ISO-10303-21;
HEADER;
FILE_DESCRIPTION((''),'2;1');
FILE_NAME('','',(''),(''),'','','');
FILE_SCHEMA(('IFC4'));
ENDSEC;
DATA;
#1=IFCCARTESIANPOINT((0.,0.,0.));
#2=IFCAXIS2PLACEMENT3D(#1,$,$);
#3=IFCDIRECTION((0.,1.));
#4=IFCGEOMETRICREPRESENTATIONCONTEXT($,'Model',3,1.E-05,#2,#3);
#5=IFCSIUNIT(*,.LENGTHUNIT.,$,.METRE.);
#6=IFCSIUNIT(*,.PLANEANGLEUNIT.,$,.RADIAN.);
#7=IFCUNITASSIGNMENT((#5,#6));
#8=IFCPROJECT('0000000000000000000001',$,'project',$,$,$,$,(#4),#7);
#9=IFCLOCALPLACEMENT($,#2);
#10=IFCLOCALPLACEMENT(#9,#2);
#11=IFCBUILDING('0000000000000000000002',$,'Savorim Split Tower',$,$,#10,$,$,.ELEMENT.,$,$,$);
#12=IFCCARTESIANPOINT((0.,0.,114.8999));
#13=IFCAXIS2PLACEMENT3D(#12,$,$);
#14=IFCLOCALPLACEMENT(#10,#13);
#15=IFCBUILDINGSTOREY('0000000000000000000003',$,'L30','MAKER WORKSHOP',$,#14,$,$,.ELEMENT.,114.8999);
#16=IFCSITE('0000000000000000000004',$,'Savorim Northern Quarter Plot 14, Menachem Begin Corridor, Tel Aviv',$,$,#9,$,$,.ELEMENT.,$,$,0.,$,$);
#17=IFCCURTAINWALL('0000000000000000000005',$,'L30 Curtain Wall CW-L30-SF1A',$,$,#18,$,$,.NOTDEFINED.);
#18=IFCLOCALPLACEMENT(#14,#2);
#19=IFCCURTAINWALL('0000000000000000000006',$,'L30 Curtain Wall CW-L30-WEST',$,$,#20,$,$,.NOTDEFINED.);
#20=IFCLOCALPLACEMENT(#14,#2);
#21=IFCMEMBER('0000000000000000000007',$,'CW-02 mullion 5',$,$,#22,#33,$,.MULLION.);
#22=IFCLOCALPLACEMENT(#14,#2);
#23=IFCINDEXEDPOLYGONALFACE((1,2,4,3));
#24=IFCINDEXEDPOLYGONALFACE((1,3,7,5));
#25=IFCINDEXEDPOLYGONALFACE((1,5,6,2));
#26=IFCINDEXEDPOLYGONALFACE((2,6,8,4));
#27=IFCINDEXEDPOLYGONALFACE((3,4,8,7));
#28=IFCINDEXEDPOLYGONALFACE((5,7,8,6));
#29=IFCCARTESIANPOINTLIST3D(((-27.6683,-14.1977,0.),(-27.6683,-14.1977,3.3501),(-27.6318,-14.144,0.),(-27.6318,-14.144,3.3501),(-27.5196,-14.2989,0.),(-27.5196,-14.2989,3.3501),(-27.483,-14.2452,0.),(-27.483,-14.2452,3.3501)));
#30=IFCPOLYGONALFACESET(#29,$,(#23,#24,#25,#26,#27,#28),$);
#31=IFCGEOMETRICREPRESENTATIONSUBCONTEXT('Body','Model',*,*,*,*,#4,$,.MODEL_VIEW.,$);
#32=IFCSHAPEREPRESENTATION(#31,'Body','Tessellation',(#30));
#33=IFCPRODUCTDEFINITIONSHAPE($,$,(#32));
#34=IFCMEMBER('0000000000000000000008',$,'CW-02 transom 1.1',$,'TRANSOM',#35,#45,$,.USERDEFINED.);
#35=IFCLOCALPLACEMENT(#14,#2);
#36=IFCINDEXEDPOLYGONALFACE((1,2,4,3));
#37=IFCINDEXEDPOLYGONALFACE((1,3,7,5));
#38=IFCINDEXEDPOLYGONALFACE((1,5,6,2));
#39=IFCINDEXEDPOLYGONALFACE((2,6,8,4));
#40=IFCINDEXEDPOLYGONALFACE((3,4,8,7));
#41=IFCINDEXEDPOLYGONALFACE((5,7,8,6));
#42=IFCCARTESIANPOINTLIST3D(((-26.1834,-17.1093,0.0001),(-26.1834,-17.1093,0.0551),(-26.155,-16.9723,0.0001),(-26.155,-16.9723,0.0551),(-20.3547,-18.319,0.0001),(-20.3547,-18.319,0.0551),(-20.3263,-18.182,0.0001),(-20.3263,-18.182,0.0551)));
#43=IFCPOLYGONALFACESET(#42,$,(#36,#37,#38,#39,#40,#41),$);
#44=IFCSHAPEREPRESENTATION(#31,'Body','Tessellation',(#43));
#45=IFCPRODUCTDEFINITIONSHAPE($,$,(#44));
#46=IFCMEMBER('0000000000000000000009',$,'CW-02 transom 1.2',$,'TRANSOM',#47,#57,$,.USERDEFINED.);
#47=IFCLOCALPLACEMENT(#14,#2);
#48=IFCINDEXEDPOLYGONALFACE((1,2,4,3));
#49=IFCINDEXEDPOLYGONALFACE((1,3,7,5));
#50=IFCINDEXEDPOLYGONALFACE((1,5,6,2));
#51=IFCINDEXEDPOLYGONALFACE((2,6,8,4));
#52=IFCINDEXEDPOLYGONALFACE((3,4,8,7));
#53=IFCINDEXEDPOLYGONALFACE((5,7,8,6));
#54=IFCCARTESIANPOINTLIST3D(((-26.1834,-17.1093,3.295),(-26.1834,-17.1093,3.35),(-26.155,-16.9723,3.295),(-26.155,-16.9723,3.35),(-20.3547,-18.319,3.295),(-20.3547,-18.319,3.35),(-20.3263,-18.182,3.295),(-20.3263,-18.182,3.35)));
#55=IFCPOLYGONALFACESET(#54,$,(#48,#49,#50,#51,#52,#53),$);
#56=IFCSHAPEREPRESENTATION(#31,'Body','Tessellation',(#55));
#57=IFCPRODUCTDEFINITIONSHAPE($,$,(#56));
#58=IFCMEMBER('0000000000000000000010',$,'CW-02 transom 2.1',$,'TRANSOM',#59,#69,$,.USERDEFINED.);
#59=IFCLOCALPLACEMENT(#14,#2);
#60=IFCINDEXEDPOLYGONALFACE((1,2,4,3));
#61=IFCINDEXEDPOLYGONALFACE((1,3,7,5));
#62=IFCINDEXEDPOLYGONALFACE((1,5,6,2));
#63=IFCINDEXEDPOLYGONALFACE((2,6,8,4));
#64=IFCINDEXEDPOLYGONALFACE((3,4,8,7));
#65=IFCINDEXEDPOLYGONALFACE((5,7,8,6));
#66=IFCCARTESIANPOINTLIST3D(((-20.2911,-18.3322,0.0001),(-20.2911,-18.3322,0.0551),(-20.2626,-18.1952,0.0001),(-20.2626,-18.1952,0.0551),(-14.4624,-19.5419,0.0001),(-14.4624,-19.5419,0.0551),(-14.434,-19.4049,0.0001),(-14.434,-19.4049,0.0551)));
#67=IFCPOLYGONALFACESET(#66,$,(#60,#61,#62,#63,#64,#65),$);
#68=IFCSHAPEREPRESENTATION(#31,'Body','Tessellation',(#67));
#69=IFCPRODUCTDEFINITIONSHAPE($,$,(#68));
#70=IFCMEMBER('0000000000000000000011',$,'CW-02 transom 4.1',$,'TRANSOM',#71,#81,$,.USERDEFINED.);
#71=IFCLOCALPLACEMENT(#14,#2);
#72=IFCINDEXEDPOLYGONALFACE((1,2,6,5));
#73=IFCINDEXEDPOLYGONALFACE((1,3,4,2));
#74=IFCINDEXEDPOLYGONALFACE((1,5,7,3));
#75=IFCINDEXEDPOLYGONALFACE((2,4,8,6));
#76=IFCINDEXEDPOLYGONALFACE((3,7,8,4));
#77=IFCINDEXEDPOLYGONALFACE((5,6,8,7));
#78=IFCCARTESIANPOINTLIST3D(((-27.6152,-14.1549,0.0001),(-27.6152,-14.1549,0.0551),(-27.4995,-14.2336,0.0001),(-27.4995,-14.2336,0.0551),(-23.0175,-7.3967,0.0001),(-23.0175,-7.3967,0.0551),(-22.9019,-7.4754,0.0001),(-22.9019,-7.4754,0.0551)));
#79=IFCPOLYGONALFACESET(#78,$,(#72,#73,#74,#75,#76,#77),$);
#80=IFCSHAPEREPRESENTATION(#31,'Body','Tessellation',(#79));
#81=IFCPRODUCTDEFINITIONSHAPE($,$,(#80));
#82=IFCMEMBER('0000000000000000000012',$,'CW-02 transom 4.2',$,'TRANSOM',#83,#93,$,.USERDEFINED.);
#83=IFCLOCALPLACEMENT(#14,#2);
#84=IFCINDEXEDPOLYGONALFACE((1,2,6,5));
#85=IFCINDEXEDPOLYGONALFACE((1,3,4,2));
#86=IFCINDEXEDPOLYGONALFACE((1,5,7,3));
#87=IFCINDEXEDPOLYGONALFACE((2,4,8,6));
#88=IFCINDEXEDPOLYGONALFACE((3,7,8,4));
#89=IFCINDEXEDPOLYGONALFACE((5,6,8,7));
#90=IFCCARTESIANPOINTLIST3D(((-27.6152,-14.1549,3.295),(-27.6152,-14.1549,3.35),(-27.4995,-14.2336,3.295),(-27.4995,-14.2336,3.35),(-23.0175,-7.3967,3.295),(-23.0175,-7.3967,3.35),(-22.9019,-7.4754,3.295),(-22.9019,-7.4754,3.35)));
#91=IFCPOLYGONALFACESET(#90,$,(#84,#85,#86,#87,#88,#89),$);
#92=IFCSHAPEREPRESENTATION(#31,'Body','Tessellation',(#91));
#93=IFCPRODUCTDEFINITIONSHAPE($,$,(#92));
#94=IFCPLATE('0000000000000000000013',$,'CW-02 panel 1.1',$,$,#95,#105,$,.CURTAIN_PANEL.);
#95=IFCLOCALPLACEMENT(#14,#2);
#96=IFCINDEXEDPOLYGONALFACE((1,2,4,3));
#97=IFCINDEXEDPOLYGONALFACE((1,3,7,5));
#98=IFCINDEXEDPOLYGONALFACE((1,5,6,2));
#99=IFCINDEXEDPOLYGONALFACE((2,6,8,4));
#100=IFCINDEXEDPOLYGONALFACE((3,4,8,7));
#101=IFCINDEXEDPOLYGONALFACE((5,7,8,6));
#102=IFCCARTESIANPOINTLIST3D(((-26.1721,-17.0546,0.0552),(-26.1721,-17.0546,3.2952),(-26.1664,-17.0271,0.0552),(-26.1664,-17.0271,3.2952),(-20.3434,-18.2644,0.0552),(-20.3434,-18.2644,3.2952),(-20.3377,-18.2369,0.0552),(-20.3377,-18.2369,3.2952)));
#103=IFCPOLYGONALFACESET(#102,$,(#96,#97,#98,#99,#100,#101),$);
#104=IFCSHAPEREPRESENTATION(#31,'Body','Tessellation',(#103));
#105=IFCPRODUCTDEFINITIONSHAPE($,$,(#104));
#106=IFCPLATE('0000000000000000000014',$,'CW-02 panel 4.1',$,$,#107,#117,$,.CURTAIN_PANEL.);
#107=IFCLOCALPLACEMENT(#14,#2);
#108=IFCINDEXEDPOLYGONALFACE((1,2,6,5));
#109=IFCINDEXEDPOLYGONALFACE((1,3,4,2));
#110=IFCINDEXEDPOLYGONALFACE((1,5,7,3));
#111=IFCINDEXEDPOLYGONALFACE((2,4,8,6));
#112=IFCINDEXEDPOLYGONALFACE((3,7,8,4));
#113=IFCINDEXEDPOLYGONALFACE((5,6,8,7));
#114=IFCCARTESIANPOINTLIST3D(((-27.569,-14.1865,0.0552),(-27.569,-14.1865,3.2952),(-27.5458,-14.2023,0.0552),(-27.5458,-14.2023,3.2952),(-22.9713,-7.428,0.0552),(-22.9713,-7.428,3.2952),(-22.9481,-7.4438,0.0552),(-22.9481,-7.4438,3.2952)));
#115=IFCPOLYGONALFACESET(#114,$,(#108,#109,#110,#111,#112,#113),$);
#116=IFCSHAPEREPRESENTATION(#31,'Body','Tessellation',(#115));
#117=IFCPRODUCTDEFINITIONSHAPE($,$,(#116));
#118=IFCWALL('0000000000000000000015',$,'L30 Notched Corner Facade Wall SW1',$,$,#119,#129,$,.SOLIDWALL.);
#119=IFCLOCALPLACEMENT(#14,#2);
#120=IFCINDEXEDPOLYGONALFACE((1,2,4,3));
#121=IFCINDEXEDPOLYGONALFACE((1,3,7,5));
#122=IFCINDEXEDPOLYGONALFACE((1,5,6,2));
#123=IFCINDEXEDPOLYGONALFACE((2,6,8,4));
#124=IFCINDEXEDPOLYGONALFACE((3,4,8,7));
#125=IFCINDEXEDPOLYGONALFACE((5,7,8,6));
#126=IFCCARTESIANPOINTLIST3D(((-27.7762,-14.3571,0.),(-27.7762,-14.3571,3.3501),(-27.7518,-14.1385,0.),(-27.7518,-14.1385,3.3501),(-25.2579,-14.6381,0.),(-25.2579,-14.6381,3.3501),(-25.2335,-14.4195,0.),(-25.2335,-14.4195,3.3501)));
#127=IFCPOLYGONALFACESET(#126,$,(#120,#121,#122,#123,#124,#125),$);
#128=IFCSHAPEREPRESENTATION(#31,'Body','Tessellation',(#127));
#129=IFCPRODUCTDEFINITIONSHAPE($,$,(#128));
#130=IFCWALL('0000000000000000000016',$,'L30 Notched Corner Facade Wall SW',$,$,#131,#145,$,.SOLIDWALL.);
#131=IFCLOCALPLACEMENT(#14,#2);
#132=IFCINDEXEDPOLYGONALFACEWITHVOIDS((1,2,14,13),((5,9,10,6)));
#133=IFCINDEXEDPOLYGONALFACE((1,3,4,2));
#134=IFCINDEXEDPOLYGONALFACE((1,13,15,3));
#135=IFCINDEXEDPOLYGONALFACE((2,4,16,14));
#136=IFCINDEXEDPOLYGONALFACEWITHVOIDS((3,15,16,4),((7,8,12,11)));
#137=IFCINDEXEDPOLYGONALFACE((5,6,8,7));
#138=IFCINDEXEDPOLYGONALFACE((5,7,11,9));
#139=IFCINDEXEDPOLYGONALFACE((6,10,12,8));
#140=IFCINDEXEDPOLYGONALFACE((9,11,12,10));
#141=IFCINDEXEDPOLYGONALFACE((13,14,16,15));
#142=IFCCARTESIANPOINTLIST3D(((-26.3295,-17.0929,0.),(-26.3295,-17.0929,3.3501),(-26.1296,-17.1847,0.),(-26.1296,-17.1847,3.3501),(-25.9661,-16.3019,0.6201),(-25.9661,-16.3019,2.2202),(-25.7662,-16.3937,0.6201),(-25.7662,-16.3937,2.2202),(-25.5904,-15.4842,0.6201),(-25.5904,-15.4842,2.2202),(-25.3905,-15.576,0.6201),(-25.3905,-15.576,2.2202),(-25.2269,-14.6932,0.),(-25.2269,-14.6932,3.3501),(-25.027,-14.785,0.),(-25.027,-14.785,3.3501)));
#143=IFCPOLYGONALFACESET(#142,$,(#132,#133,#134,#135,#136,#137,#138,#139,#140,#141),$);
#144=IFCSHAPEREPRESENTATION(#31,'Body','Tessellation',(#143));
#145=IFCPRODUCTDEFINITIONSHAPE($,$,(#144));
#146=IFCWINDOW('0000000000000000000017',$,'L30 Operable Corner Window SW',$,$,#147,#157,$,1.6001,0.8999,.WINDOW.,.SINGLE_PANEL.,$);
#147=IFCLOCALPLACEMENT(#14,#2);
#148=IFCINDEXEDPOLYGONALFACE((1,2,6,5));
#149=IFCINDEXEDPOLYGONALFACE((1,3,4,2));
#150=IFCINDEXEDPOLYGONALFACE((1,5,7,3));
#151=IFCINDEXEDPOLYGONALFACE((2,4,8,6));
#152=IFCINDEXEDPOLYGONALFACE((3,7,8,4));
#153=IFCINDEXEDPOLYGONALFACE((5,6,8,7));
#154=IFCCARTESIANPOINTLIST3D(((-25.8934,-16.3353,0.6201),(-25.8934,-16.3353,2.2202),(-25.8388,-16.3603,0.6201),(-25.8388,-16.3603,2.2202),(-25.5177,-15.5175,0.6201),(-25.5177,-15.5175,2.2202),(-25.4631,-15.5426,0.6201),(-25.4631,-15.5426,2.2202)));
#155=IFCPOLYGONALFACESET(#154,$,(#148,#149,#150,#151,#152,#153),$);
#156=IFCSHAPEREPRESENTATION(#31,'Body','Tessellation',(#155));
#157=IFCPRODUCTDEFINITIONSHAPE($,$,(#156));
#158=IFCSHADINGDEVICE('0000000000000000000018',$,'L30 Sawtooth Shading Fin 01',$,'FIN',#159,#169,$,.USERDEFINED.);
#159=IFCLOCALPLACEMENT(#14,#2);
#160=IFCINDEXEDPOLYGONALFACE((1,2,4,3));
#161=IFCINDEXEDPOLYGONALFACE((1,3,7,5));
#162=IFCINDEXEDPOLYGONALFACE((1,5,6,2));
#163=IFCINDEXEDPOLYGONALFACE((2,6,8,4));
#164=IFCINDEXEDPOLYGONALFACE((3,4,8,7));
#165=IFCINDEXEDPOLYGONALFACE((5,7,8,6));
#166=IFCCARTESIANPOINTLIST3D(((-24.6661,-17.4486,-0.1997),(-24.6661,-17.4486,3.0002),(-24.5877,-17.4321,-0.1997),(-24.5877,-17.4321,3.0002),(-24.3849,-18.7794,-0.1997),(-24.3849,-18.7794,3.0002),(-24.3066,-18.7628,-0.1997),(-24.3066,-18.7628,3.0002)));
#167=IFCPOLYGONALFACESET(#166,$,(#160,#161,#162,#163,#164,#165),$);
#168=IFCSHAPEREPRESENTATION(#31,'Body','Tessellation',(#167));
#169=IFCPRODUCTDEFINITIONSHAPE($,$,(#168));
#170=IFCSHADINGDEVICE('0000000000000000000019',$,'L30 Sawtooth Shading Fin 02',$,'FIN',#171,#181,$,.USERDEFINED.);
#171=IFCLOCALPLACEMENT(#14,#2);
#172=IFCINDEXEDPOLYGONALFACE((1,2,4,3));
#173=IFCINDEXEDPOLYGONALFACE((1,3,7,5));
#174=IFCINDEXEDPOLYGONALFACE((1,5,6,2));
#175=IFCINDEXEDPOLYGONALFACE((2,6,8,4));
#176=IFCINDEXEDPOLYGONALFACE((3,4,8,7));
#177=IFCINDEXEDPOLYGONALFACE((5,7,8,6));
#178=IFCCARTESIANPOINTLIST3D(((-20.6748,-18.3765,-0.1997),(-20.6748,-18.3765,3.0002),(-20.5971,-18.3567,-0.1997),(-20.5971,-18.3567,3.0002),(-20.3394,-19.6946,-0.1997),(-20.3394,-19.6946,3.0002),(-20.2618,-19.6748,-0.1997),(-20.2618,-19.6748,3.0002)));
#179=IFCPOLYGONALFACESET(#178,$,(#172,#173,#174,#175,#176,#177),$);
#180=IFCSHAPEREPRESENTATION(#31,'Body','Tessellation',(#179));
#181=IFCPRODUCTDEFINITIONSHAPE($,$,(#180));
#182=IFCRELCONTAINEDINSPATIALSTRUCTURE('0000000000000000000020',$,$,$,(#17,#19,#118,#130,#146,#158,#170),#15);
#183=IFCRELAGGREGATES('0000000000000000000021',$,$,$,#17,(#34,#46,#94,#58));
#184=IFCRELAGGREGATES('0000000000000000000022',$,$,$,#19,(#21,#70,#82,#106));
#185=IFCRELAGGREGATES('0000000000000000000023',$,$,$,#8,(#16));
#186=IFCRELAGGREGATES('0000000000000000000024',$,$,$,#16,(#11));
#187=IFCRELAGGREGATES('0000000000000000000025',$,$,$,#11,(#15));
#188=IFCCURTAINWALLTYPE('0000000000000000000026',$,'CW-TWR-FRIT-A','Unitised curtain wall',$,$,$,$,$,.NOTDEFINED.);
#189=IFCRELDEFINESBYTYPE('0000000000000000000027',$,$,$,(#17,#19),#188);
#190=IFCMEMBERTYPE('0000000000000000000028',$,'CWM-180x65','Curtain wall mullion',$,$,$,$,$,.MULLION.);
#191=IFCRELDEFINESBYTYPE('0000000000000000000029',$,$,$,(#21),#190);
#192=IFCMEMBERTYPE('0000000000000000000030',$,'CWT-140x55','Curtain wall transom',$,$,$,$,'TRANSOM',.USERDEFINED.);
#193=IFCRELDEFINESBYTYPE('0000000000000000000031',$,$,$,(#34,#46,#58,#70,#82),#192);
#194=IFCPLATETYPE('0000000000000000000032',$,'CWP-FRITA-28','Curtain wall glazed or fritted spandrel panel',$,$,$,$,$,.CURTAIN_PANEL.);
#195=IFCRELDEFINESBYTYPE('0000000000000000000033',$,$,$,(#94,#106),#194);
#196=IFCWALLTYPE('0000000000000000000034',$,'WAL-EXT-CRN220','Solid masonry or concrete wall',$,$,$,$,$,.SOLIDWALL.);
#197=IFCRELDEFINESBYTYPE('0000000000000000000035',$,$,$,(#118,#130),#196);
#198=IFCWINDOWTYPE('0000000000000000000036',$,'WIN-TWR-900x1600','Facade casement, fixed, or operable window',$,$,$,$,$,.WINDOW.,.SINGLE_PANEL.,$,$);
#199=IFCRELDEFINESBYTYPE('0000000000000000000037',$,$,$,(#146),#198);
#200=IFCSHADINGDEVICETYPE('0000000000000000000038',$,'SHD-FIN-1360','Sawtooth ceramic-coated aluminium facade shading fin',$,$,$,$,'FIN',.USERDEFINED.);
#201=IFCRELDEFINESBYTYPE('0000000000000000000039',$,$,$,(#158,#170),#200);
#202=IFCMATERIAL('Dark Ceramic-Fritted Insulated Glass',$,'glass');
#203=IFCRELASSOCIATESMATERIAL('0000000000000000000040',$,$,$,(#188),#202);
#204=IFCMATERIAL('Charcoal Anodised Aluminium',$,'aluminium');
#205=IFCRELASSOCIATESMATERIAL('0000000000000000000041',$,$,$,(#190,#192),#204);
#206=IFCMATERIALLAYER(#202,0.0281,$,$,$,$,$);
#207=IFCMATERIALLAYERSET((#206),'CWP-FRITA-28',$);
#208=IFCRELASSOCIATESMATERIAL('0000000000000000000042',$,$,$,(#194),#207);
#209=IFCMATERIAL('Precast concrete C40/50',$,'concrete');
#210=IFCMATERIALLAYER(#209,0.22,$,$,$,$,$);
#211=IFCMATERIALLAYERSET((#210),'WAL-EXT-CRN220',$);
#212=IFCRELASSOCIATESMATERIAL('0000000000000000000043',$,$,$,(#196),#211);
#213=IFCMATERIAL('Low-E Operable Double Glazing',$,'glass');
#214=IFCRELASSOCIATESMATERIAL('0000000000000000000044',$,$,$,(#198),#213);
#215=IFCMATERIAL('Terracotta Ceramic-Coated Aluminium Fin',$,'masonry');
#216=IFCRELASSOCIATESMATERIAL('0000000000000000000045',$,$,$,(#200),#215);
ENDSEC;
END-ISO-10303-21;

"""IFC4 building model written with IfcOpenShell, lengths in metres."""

from ifc_helpers import new_model, si_unit, direction, frame, frame_2d, origin, origin_2d, place, context, subcontext, project, spatial, rectangle, extrude, material, layer, layer_set, material_profile, profile_set, type_object, element, fill, aggregate, save


model = new_model("IFC4")

# Units and contexts
model_context = context("Model", 3, precision=1e-05, world=origin(), true_north=direction((0.0, 1.0)))
body_context = subcontext(model_context, "Body", "Model", "MODEL_VIEW")
ifc_project = project(units=[si_unit("LENGTHUNIT", "METRE"), si_unit("PLANEANGLEUNIT", "RADIAN")], contexts=[model_context])

# Site, building, storey
site_placement = place(None, origin())
site = spatial("IfcSite", under=ifc_project, at=site_placement, Name="Savorim Northern Quarter Plot 14, Menachem Begin Corridor, Tel Aviv", CompositionType="ELEMENT", RefElevation=0.0)
building_placement = place(site_placement, origin())
building = spatial("IfcBuilding", under=site, at=building_placement, Name="Savorim Split Tower", CompositionType="ELEMENT")
storey_placement = place(building_placement, frame((0.0, 0.0, 114.8999)))
storey = spatial("IfcBuildingStorey", under=building, at=storey_placement, Name="L30", Description="MAKER WORKSHOP", CompositionType="ELEMENT", Elevation=114.8999)

# Curtain walls, member
ifc_material_1 = material(Name="Dark Ceramic-Fritted Insulated Glass", Category="glass")
curtain_wall_type = type_object("IfcCurtainWallType", Name="CW-TWR-FRIT-A", Description="Unitised curtain wall", PredefinedType="NOTDEFINED", material=ifc_material_1)
curtain_wall_1_placement = place(storey_placement, origin())
curtain_wall_1 = element("IfcCurtainWall", 1, at=curtain_wall_1_placement, inside=storey, type_object=curtain_wall_type, Name="L30 Curtain Wall CW-L30-SF1A", PredefinedType="NOTDEFINED")
ifc_material_2 = material(Name="Charcoal Anodised Aluminium", Category="aluminium")
ifc_material_profile_1 = material_profile(ifc_material_2, rectangle(XDim=0.1799, YDim=0.0649, at=origin_2d()), Name="ALU-M 180x65")
ifc_profile_set_1 = profile_set([ifc_material_profile_1], Name="Charcoal Anodised Aluminium")
member_type_1 = type_object("IfcMemberType", Name="CWM-180x65", Description="Curtain wall mullion", PredefinedType="MULLION", material=ifc_profile_set_1)
curtain_wall_2_placement = place(storey_placement, origin())
curtain_wall_2 = element("IfcCurtainWall", 2, at=curtain_wall_2_placement, inside=storey, type_object=curtain_wall_type, Name="L30 Curtain Wall CW-L30-WEST", PredefinedType="NOTDEFINED")
member_1_placement = place(storey_placement, frame((-27.5757, -14.2214, 0.0), z_axis=(0.0, 0.0, 1.0), x_axis=(0.82682, -0.562467, 0.0)))
member_1 = element("IfcMember", 3, at=member_1_placement, type_object=member_type_1, Name="CW-02 mullion 5", PredefinedType="MULLION", context=body_context, shape_type="SweptSolid", body=[
    extrude(rectangle(XDim=0.1799, YDim=0.0649, at=origin_2d()), origin(), (0.0, 0.0, 1.0), 3.3501),
])

# Members
ifc_material_profile_2 = material_profile(ifc_material_2, rectangle(XDim=0.1399, YDim=0.0549, at=origin_2d()), Name="ALU-T 140x55")
ifc_profile_set_2 = profile_set([ifc_material_profile_2], Name="Charcoal Anodised Aluminium")
member_type_2 = type_object("IfcMemberType", Name="CWT-140x55", Description="Curtain wall transom", ElementType="TRANSOM", PredefinedType="USERDEFINED", material=ifc_profile_set_2)
member_2_placement = place(storey_placement, frame((-26.1692, -17.0408, 0.0276), z_axis=(0.979134, -0.203217, 0.0), x_axis=(0.203217, 0.979134, 0.0)))
member_2 = element("IfcMember", 4, at=member_2_placement, type_object=member_type_2, Name="CW-02 transom 1.1", ObjectType="TRANSOM", PredefinedType="USERDEFINED", context=body_context, shape_type="SweptSolid", body=[
    extrude(rectangle(XDim=0.1399, YDim=0.0549, at=origin_2d()), origin(), (0.0, 0.0, 1.0), 5.9529),
])
member_3_placement = place(storey_placement, frame((-26.1692, -17.0408, 3.3225), z_axis=(0.979134, -0.203217, 0.0), x_axis=(0.203217, 0.979134, 0.0)))
member_3 = element("IfcMember", 5, at=member_3_placement, type_object=member_type_2, Name="CW-02 transom 1.2", ObjectType="TRANSOM", PredefinedType="USERDEFINED", context=body_context, shape_type="SweptSolid", body=[
    extrude(rectangle(XDim=0.1399, YDim=0.0549, at=origin_2d()), origin(), (0.0, 0.0, 1.0), 5.9529),
])
member_4_placement = place(storey_placement, frame((-20.2769, -18.2637, 0.0276), z_axis=(0.979134, -0.203217, 0.0), x_axis=(0.203217, 0.979134, 0.0)))
member_4 = element("IfcMember", 6, at=member_4_placement, type_object=member_type_2, Name="CW-02 transom 2.1", ObjectType="TRANSOM", PredefinedType="USERDEFINED", context=body_context, shape_type="SweptSolid", body=[
    extrude(rectangle(XDim=0.1399, YDim=0.0549, at=origin_2d()), origin(), (0.0, 0.0, 1.0), 5.9529),
])
member_5_placement = place(storey_placement, frame((-22.9597, -7.436, 0.0276), z_axis=(-0.562478, -0.826812, 0.0), x_axis=(0.826812, -0.562478, 0.0)))
member_5 = element("IfcMember", 7, at=member_5_placement, type_object=member_type_2, Name="CW-02 transom 4.1", ObjectType="TRANSOM", PredefinedType="USERDEFINED", context=body_context, shape_type="SweptSolid", body=[
    extrude(rectangle(XDim=0.1399, YDim=0.0549, at=origin_2d()), origin(), (0.0, 0.0, 1.0), 8.1738),
])
member_6_placement = place(storey_placement, frame((-22.9597, -7.436, 3.3225), z_axis=(-0.562478, -0.826812, 0.0), x_axis=(0.826812, -0.562478, 0.0)))
member_6 = element("IfcMember", 8, at=member_6_placement, type_object=member_type_2, Name="CW-02 transom 4.2", ObjectType="TRANSOM", PredefinedType="USERDEFINED", context=body_context, shape_type="SweptSolid", body=[
    extrude(rectangle(XDim=0.1399, YDim=0.0549, at=origin_2d()), origin(), (0.0, 0.0, 1.0), 8.1738),
])

# Plates
ifc_layer_1 = layer(ifc_material_1, 0.0281)
ifc_layer_set_1 = layer_set([ifc_layer_1], Name="CWP-FRITA-28")
plate_type = type_object("IfcPlateType", Name="CWP-FRITA-28", Description="Curtain wall glazed or fritted spandrel panel", PredefinedType="CURTAIN_PANEL", material=ifc_layer_set_1)
plate_1_placement = place(storey_placement, frame((-23.2549, -17.6458, 0.0552), z_axis=(0.0, 0.0, 1.0), x_axis=(0.979134, -0.203216, 0.0)))
plate_1 = element("IfcPlate", 9, at=plate_1_placement, type_object=plate_type, Name="CW-02 panel 1.1", PredefinedType="CURTAIN_PANEL", context=body_context, shape_type="SweptSolid", body=[
    extrude(rectangle(XDim=5.9529, YDim=0.0281, at=origin_2d()), origin(), (0.0, 0.0, 1.0), 3.24),
])
aggregate(curtain_wall_1, [member_2, member_3, plate_1, member_4])
plate_2_placement = place(storey_placement, frame((-25.2585, -10.8152, 0.0552), z_axis=(0.0, 0.0, 1.0), x_axis=(-0.562467, -0.82682, 0.0)))
plate_2 = element("IfcPlate", 10, at=plate_2_placement, type_object=plate_type, Name="CW-02 panel 4.1", PredefinedType="CURTAIN_PANEL", context=body_context, shape_type="SweptSolid", body=[
    extrude(rectangle(XDim=8.1741, YDim=0.0281, at=origin_2d()), origin(), (0.0, 0.0, 1.0), 3.24),
])
aggregate(curtain_wall_2, [member_1, member_5, member_6, plate_2])

# Wall
ifc_material_3 = material(Name="Precast concrete C40/50", Category="concrete")
ifc_layer_2 = layer(ifc_material_3, 0.22)
ifc_layer_set_2 = layer_set([ifc_layer_2], Name="WAL-EXT-CRN220")
wall_type = type_object("IfcWallType", Name="WAL-EXT-CRN220", Description="Solid masonry or concrete wall", PredefinedType="SOLIDWALL", material=ifc_layer_set_2)
wall_1_placement = place(storey_placement, frame((-25.2456, -14.5288, 0.0), z_axis=(0.0, 0.0, 1.0), x_axis=(-0.993832, 0.110897, 0.0)))
element("IfcWall", 11, at=wall_1_placement, inside=storey, type_object=wall_type, Name="L30 Notched Corner Facade Wall SW1", PredefinedType="SOLIDWALL", context=body_context, shape_type="SweptSolid", body=[
    extrude(rectangle(XDim=2.5339, YDim=0.22, at=frame_2d((1.2671, 0.0))), origin(), (0.0, 0.0, 1.0), 3.3501),
])

# Wall, opening, window
wall_2_placement = place(storey_placement, frame((-26.2295, -17.1387, 0.0), z_axis=(0.0, 0.0, 1.0), x_axis=(0.417498, 0.908678, 0.0)))
wall_2 = element("IfcWall", 12, at=wall_2_placement, inside=storey, type_object=wall_type, Name="L30 Notched Corner Facade Wall SW", PredefinedType="SOLIDWALL", context=body_context, shape_type="SweptSolid", body=[
    extrude(rectangle(XDim=2.6409, YDim=0.22, at=frame_2d((1.3203, 0.0))), origin(), (0.0, 0.0, 1.0), 3.3501),
])
opening_placement = place(wall_2_placement, frame((0.8704, 0.0, 0.6201)))
opening = element("IfcOpeningElement", 13, at=opening_placement, cuts=wall_2, PredefinedType="OPENING", context=body_context, shape_type="SweptSolid", body=[
    extrude(rectangle(XDim=0.8999, YDim=1.6001, at=frame_2d((0.45, 0.8))), frame((0.0, 0.1199, 0.0), z_axis=(0.0, -1.0, 0.0), x_axis=(1.0, 0.0, 0.0)), (0.0, 0.0, 1.0), 0.24),
])
ifc_material_4 = material(Name="Low-E Operable Double Glazing", Category="glass")
window_type = type_object("IfcWindowType", Name="WIN-TWR-900x1600", Description="Facade casement, fixed, or operable window", PartitioningType="SINGLE_PANEL", PredefinedType="WINDOW", material=ifc_material_4)
window_placement = place(opening_placement, origin())
window = element("IfcWindow", 14, at=window_placement, inside=storey, type_object=window_type, Name="L30 Operable Corner Window SW", OverallHeight=1.6001, OverallWidth=0.8999, PartitioningType="SINGLE_PANEL", PredefinedType="WINDOW", context=body_context, shape_type="SweptSolid", body=[
    extrude(rectangle(XDim=0.8999, YDim=1.6001, at=frame_2d((0.45, 0.8))), frame((0.0, 0.03, 0.0), z_axis=(0.0, -1.0, 0.0), x_axis=(1.0, 0.0, 0.0)), (0.0, 0.0, 1.0), 0.0601),
])
fill(opening, window)

# Shading devices
ifc_material_5 = material(Name="Terracotta Ceramic-Coated Aluminium Fin", Category="masonry")
shading_device_type = type_object("IfcShadingDeviceType", Name="SHD-FIN-1360", Description="Sawtooth ceramic-coated aluminium facade shading fin", ElementType="FIN", PredefinedType="USERDEFINED", material=ifc_material_5)
for number, where, z_axis, x_axis, name in (
    (15, (-24.4863, -18.1057, -0.1997), (0.0, 0.0, 1.0), (0.206722, -0.9784, 0.0), "L30 Sawtooth Shading Fin 01"),
    (16, (-20.4683, -19.0256, -0.1997), (0.0, 0.0, 1.0), (0.246581, -0.969122, 0.0), "L30 Sawtooth Shading Fin 02"),
):
    element("IfcShadingDevice", number, at=place(storey_placement, frame(where, z_axis=z_axis, x_axis=x_axis)), inside=storey, type_object=shading_device_type, Name=name, ObjectType="FIN", PredefinedType="USERDEFINED", context=body_context, shape_type="SweptSolid", body=[
        extrude(rectangle(XDim=1.3601, YDim=0.0801, at=origin_2d()), origin(), (0.0, 0.0, 1.0), 3.2),
    ])

save(model, "model.ifc")
